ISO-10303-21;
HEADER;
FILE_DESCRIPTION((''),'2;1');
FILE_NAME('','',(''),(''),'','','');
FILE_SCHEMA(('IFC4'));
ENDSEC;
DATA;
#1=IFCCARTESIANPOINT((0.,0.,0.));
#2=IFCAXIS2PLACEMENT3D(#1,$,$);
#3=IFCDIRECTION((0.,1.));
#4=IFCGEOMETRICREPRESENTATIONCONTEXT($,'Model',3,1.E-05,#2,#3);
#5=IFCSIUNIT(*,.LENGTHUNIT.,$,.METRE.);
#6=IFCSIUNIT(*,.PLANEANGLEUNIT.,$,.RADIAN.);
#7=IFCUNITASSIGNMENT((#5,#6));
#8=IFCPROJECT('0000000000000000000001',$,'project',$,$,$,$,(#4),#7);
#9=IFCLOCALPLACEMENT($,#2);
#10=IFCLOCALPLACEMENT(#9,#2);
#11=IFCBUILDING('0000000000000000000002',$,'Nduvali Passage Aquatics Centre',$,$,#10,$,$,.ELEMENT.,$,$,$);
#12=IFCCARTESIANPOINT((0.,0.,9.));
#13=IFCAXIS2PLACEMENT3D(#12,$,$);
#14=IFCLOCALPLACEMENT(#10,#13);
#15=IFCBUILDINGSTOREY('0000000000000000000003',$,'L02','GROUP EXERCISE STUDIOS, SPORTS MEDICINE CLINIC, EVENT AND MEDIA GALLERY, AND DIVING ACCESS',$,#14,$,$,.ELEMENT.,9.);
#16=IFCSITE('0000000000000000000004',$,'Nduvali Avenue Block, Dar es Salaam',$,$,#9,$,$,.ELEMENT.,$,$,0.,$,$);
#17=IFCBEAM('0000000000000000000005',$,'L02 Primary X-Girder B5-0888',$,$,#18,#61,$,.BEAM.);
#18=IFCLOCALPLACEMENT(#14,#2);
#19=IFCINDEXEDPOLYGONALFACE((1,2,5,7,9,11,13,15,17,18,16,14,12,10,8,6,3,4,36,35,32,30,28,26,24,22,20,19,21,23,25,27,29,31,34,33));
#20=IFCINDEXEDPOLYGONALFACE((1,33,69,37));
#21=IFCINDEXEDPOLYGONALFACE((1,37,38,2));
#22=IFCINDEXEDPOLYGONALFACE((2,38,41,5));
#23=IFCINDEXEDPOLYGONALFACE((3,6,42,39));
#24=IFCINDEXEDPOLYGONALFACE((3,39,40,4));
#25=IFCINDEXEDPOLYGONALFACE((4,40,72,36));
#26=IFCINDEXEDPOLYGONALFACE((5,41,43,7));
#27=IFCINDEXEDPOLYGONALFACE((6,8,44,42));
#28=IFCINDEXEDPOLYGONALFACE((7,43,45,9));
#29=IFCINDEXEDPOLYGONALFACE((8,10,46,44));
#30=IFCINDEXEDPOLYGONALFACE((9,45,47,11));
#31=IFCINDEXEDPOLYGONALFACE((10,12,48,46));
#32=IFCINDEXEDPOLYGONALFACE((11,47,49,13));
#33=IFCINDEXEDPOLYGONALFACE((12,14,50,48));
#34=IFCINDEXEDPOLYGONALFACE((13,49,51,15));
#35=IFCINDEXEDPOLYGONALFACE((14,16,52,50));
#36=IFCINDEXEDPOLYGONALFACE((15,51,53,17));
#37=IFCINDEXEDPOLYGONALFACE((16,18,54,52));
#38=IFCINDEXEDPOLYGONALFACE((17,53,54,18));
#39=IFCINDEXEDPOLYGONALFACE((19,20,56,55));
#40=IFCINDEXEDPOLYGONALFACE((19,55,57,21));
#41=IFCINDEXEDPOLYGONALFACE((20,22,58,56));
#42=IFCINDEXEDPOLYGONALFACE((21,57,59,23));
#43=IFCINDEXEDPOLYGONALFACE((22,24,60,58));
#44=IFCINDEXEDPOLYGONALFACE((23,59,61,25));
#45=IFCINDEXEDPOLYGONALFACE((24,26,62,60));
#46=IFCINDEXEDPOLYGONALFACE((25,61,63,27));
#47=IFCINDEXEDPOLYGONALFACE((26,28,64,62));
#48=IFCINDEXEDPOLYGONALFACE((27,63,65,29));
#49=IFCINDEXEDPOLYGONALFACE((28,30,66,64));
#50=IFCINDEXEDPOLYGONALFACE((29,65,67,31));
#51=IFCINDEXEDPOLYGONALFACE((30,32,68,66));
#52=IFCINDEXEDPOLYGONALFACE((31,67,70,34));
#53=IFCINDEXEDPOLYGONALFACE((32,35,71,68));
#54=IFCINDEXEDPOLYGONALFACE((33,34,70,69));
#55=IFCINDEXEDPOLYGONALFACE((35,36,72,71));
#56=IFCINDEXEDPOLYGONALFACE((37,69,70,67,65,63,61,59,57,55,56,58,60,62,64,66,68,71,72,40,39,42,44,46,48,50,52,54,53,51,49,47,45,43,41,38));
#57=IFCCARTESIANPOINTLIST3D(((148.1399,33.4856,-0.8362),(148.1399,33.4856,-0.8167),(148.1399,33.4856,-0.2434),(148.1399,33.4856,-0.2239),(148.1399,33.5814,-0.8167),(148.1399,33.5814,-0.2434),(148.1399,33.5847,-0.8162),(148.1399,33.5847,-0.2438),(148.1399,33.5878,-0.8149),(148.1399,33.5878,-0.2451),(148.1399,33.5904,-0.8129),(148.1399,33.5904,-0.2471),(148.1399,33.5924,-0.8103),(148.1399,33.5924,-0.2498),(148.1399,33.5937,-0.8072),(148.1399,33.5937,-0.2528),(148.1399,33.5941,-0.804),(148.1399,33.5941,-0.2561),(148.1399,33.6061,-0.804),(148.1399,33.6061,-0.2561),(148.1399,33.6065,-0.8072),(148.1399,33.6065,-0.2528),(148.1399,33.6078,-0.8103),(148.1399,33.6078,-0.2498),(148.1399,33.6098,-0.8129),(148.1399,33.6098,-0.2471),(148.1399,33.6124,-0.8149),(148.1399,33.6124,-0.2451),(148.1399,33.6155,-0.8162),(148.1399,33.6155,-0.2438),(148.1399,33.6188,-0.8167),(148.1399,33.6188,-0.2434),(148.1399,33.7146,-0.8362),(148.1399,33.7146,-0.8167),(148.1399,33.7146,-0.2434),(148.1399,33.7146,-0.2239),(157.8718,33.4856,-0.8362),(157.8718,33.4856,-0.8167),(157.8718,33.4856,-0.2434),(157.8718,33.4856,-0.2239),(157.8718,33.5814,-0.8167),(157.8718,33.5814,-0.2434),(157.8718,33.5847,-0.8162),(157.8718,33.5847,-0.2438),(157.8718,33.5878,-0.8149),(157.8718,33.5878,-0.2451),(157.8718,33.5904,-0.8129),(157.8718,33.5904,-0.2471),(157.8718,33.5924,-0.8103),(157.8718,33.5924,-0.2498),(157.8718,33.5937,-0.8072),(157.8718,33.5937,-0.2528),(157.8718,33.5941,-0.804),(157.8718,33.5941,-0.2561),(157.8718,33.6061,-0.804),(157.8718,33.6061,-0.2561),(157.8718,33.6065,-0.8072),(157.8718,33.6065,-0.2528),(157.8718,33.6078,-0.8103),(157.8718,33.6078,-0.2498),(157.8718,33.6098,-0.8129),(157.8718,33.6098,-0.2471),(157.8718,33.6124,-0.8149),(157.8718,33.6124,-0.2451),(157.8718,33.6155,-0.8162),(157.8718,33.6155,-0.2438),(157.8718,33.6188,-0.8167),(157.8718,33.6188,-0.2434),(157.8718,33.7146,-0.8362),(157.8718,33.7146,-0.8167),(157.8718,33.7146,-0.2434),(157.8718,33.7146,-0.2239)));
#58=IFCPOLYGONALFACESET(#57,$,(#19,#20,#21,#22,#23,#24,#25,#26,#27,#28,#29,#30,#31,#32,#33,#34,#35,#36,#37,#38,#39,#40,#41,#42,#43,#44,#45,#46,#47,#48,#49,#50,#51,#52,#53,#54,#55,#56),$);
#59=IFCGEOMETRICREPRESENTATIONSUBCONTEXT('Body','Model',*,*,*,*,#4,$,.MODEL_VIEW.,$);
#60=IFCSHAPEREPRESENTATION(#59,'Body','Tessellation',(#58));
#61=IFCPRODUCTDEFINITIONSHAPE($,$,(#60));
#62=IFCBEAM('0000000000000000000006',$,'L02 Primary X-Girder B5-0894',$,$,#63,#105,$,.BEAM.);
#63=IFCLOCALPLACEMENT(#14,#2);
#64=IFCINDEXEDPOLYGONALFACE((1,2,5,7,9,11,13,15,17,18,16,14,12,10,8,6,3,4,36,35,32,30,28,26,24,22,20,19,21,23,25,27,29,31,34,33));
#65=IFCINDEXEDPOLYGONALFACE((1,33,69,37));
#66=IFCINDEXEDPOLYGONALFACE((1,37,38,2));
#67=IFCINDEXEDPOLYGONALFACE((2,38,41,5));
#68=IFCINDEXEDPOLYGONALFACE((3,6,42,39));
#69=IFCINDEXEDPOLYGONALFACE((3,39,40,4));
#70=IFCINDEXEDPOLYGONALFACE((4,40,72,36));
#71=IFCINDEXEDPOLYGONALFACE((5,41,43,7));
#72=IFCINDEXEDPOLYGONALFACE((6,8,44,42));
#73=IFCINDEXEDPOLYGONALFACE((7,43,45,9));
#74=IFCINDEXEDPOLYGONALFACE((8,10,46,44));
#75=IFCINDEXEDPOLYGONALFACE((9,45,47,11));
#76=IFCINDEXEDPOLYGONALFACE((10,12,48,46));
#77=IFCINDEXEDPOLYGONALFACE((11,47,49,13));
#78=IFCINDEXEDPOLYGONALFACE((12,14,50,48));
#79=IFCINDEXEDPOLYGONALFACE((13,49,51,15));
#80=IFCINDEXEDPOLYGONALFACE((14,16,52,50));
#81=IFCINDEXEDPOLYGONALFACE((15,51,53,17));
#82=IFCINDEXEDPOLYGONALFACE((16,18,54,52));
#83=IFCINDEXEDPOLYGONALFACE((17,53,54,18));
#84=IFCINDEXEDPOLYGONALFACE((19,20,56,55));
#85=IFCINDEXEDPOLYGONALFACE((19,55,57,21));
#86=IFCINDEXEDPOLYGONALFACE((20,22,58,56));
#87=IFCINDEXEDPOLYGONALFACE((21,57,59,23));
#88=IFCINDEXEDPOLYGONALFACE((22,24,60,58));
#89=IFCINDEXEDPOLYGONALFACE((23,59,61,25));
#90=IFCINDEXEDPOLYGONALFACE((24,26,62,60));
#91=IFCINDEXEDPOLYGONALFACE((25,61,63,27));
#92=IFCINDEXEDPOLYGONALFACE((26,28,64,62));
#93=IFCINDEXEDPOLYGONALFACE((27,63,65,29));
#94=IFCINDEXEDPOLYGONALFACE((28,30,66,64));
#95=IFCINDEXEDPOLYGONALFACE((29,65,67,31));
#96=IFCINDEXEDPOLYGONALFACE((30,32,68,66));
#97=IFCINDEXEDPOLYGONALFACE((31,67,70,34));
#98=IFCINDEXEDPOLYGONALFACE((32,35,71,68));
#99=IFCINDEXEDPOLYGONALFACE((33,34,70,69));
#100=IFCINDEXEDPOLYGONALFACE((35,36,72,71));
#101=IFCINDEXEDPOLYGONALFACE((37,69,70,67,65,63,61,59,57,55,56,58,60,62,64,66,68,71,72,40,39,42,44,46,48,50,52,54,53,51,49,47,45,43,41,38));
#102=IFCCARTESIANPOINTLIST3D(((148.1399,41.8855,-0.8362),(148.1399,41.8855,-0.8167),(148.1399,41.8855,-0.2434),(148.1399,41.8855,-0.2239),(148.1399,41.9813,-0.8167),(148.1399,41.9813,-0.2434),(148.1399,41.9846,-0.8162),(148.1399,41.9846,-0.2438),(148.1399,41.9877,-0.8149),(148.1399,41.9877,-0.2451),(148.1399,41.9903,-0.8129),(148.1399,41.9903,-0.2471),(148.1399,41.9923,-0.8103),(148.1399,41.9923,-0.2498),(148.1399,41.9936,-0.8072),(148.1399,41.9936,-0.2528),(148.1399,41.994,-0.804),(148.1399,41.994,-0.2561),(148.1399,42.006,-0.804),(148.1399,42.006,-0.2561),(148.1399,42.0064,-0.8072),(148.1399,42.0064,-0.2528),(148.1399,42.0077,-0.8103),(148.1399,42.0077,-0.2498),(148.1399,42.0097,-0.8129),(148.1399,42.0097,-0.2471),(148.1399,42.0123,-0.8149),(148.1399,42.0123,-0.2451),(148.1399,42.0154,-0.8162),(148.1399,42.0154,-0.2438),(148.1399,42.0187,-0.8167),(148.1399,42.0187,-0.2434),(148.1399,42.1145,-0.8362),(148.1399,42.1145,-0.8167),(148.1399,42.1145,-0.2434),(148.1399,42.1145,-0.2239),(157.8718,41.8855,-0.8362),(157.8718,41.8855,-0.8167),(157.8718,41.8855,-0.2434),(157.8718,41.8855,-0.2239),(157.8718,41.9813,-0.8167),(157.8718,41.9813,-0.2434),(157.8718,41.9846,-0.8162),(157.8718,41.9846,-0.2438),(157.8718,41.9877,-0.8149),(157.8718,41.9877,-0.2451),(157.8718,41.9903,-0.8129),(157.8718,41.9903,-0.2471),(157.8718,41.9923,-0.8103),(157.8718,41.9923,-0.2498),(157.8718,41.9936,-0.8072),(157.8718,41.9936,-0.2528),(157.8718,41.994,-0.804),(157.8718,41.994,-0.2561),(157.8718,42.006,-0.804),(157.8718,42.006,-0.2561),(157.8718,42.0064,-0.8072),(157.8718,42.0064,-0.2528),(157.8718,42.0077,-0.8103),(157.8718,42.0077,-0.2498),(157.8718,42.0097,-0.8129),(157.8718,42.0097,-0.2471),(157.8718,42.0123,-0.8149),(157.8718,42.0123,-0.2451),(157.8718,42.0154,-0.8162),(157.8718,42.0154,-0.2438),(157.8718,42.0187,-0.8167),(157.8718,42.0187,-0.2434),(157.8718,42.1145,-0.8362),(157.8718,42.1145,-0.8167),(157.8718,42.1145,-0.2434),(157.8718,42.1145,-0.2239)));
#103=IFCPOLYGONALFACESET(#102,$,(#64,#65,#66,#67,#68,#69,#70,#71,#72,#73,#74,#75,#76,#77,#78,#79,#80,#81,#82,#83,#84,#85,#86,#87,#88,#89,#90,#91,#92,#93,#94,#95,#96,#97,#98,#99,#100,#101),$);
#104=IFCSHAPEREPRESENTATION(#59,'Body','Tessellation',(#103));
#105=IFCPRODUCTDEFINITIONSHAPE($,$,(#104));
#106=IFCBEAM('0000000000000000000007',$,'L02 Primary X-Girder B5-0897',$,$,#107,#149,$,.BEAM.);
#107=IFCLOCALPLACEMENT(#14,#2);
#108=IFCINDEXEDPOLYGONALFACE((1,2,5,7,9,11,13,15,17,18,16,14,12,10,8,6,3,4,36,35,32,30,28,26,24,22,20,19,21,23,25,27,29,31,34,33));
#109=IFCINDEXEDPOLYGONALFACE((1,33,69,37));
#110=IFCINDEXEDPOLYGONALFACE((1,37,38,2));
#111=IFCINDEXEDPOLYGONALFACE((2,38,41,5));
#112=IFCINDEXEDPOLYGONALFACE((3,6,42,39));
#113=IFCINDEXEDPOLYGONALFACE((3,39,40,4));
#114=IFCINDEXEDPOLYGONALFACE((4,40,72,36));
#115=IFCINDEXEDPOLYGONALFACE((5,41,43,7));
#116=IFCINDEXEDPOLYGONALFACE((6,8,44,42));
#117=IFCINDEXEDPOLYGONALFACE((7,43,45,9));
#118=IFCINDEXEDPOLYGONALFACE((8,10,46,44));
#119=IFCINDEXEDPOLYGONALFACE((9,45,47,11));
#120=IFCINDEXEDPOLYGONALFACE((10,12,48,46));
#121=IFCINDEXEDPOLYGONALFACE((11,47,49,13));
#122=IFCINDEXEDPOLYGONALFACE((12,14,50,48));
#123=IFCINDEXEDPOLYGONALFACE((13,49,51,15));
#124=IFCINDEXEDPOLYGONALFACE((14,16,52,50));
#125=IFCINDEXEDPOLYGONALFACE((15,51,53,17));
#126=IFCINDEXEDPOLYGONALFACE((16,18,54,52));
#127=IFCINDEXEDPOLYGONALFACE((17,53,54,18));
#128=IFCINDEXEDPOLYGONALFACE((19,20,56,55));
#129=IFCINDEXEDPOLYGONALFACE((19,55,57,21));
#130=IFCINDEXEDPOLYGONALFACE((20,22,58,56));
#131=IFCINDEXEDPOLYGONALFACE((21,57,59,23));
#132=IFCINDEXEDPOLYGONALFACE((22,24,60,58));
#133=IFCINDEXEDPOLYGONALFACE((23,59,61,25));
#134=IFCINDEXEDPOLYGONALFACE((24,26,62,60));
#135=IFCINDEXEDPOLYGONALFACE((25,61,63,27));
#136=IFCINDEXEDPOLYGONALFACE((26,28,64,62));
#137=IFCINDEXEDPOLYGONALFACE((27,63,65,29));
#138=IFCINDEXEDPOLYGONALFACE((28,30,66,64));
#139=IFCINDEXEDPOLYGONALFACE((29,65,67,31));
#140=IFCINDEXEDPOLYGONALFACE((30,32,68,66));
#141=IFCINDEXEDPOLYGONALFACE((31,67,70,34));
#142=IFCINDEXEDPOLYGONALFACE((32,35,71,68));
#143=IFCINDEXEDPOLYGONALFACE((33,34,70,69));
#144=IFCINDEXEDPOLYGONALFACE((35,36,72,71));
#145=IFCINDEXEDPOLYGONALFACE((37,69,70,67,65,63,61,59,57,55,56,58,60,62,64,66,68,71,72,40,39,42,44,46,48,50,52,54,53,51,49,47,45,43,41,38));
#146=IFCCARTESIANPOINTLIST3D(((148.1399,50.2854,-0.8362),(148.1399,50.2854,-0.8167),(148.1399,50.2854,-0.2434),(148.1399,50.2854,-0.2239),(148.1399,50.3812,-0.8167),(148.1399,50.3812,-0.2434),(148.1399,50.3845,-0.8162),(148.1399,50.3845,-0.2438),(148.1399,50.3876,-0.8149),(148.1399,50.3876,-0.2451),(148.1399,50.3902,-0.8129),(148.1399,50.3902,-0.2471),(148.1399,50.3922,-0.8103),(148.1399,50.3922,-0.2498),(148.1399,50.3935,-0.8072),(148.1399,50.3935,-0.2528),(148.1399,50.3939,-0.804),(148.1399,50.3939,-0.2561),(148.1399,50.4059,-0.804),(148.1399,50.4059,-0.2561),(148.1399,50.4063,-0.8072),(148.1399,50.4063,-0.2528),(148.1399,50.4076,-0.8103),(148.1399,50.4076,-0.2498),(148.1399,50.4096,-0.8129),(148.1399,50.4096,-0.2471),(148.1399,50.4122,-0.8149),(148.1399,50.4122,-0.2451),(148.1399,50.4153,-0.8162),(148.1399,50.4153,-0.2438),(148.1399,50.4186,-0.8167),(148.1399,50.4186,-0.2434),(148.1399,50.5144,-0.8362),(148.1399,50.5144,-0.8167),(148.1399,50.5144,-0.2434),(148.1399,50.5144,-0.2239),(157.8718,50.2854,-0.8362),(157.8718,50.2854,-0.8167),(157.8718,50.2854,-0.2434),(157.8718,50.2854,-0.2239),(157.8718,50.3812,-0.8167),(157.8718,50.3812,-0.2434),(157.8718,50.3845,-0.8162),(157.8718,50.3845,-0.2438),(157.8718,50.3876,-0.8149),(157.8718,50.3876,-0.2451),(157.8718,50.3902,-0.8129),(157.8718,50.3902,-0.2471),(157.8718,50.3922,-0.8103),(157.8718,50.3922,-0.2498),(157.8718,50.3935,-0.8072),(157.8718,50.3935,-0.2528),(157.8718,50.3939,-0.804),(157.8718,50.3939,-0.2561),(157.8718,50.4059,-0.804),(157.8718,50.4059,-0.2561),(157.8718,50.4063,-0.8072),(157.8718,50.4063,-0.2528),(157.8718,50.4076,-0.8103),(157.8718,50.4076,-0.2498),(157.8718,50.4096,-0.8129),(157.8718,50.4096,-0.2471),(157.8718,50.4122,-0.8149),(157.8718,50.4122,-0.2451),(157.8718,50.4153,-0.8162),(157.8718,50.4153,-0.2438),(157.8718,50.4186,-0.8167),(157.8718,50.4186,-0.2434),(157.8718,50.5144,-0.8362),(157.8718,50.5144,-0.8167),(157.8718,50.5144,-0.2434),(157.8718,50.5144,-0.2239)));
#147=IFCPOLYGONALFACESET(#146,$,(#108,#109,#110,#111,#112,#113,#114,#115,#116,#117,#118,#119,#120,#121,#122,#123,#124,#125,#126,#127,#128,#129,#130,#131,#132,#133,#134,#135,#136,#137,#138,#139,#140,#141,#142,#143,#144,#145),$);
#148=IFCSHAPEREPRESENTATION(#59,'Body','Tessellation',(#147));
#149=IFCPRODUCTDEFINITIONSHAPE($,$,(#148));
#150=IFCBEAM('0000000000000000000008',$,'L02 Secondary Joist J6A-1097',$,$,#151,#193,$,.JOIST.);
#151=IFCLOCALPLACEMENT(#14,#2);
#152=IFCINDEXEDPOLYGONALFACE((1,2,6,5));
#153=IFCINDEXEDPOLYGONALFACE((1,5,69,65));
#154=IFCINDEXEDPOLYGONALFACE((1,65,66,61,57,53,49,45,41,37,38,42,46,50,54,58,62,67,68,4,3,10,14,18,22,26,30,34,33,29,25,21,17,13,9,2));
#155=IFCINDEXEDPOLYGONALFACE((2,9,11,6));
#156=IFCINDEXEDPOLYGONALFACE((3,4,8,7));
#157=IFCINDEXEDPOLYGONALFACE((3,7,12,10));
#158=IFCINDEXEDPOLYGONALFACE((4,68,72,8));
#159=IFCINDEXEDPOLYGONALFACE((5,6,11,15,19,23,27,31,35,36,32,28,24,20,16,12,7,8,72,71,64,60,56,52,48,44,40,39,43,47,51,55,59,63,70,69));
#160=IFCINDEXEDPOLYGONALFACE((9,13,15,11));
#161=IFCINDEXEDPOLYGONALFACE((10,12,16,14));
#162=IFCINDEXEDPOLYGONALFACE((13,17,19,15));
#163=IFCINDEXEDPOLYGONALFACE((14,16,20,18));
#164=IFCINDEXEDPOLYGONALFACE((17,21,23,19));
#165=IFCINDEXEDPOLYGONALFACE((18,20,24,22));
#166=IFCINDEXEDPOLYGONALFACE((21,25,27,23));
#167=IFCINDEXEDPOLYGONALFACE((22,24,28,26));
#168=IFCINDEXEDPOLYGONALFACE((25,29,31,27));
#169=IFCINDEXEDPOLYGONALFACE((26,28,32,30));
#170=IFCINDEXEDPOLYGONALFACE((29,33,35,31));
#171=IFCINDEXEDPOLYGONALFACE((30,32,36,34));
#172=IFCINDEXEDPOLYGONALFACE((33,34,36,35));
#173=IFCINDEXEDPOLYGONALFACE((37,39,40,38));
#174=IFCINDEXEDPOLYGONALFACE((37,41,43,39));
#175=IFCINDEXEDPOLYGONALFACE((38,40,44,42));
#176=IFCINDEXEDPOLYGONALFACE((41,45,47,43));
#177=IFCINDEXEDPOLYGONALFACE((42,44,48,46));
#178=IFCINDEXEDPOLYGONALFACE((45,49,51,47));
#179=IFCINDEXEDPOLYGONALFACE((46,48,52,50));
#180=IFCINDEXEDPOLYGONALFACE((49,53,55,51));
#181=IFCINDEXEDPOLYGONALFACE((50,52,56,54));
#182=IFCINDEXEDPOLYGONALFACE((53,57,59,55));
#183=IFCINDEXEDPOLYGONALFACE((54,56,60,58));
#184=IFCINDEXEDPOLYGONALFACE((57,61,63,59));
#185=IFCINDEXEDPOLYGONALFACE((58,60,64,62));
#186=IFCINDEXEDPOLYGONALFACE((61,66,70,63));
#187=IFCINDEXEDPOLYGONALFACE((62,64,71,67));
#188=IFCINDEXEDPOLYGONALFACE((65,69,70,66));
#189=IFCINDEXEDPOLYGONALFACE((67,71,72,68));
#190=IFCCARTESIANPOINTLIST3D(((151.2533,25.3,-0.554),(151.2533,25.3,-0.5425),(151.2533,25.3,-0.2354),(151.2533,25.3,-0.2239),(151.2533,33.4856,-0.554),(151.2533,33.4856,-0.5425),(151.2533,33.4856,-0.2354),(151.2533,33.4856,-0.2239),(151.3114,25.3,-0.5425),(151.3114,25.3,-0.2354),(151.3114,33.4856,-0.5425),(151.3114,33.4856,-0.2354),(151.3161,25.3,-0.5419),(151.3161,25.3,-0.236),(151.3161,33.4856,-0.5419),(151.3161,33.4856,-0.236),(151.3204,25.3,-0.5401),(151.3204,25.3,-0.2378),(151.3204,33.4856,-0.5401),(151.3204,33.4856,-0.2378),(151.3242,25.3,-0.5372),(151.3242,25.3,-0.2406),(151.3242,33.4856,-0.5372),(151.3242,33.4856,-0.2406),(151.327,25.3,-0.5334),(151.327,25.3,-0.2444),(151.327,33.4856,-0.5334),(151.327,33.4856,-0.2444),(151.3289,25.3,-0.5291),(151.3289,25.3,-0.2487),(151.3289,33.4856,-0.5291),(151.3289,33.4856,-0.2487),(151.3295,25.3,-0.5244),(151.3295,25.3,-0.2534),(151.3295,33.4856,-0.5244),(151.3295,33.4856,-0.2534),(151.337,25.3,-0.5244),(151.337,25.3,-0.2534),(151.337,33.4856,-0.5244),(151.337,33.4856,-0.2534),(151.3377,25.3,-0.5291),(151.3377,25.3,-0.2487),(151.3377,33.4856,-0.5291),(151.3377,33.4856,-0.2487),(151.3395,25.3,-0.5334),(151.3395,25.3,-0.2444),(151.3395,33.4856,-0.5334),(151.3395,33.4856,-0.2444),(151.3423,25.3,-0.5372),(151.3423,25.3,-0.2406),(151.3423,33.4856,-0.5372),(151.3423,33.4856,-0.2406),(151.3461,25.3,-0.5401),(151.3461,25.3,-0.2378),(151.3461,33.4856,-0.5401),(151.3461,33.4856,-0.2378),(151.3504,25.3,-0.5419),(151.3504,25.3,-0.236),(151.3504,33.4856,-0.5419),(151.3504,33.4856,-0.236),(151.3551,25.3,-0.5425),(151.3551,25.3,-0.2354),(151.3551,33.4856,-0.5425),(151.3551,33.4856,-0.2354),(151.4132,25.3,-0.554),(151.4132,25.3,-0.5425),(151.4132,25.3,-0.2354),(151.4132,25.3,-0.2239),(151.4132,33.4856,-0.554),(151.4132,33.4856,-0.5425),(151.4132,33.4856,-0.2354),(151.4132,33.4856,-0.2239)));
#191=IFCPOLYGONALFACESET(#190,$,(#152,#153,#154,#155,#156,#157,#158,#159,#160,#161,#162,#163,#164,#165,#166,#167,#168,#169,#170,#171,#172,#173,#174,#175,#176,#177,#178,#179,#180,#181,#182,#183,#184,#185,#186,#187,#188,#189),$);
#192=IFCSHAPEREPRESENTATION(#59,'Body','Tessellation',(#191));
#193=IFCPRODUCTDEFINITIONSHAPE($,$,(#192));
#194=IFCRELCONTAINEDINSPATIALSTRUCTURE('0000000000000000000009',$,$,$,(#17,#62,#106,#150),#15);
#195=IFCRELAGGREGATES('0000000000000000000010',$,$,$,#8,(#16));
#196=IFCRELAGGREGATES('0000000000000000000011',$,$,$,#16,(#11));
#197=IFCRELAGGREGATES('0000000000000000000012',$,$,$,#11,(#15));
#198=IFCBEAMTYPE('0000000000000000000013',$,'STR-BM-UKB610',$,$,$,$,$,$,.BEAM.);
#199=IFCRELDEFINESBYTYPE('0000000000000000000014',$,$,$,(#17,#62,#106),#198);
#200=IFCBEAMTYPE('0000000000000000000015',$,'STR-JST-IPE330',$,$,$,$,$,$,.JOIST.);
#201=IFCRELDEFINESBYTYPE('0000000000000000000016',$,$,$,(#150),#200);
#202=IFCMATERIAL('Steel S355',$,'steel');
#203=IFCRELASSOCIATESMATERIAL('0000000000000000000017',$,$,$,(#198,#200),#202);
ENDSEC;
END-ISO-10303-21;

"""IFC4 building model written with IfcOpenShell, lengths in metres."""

from ifc_helpers import new_model, si_unit, direction, frame, origin, origin_2d, place, context, subcontext, project, spatial, i_section, extrude, material, material_profile, profile_set, type_object, element, save


model = new_model("IFC4")

# Units and contexts
model_context = context("Model", 3, precision=1e-05, world=origin(), true_north=direction((0.0, 1.0)))
body_context = subcontext(model_context, "Body", "Model", "MODEL_VIEW")
ifc_project = project(units=[si_unit("LENGTHUNIT", "METRE"), si_unit("PLANEANGLEUNIT", "RADIAN")], contexts=[model_context])

# Site, building, storey
site_placement = place(None, origin())
site = spatial("IfcSite", under=ifc_project, at=site_placement, Name="Nduvali Avenue Block, Dar es Salaam", CompositionType="ELEMENT", RefElevation=0.0)
building_placement = place(site_placement, origin())
building = spatial("IfcBuilding", under=site, at=building_placement, Name="Nduvali Passage Aquatics Centre", CompositionType="ELEMENT")
storey_placement = place(building_placement, frame((0.0, 0.0, 9.0)))
storey = spatial("IfcBuildingStorey", under=building, at=storey_placement, Name="L02", Description="GROUP EXERCISE STUDIOS, SPORTS MEDICINE CLINIC, EVENT AND MEDIA GALLERY, AND DIVING ACCESS", CompositionType="ELEMENT", Elevation=9.0)

# Beams
ifc_material = material(Name="Steel S355", Category="steel")
ifc_material_profile_1 = material_profile(ifc_material, i_section(OverallWidth=0.229, OverallDepth=0.6123, WebThickness=0.012, FlangeThickness=0.0195, FilletRadius=0.0127, at=origin_2d()), Name="UKB 610x229x125")
ifc_profile_set_1 = profile_set([ifc_material_profile_1], Name="Steel S355")
beam_type_1 = type_object("IfcBeamType", Name="STR-BM-UKB610", PredefinedType="BEAM", material=ifc_profile_set_1)
for number, where, z_axis, x_axis, name in (
    (1, (148.1399, 33.6001, -0.53), (1.0, 0.0, 0.0), (0.0, 1.0, 0.0), "L02 Primary X-Girder B5-0888"),
    (2, (148.1399, 42.0, -0.53), (1.0, 0.0, 0.0), (0.0, 1.0, 0.0), "L02 Primary X-Girder B5-0894"),
    (3, (148.1399, 50.3999, -0.53), (1.0, 0.0, 0.0), (0.0, 1.0, 0.0), "L02 Primary X-Girder B5-0897"),
):
    element("IfcBeam", number, at=place(storey_placement, frame(where, z_axis=z_axis, x_axis=x_axis)), inside=storey, type_object=beam_type_1, Name=name, PredefinedType="BEAM", context=body_context, shape_type="SweptSolid", body=[
        extrude(i_section(OverallWidth=0.229, OverallDepth=0.6123, WebThickness=0.012, FlangeThickness=0.0195, FilletRadius=0.0127, at=origin_2d()), origin(), (0.0, 0.0, 1.0), 9.7319),
    ])
ifc_material_profile_2 = material_profile(ifc_material, i_section(OverallWidth=0.1599, OverallDepth=0.3301, WebThickness=0.0076, FlangeThickness=0.0115, FilletRadius=0.0181, at=origin_2d()), Name="IPE 330")
ifc_profile_set_2 = profile_set([ifc_material_profile_2], Name="Steel S355")
beam_type_2 = type_object("IfcBeamType", Name="STR-JST-IPE330", PredefinedType="JOIST", material=ifc_profile_set_2)
for number, where, z_axis, x_axis, name in (
    (4, (151.3333, 25.3, -0.3889), (0.0, 1.0, 0.0), (-1.0, 0.0, 0.0), "L02 Secondary Joist J6A-1097"),
):
    element("IfcBeam", number, at=place(storey_placement, frame(where, z_axis=z_axis, x_axis=x_axis)), inside=storey, type_object=beam_type_2, Name=name, PredefinedType="JOIST", context=body_context, shape_type="SweptSolid", body=[
        extrude(i_section(OverallWidth=0.1599, OverallDepth=0.3301, WebThickness=0.0076, FlangeThickness=0.0115, FilletRadius=0.0181, at=origin_2d()), origin(), (0.0, 0.0, 1.0), 8.1855),
    ])

save(model, "model.ifc")
